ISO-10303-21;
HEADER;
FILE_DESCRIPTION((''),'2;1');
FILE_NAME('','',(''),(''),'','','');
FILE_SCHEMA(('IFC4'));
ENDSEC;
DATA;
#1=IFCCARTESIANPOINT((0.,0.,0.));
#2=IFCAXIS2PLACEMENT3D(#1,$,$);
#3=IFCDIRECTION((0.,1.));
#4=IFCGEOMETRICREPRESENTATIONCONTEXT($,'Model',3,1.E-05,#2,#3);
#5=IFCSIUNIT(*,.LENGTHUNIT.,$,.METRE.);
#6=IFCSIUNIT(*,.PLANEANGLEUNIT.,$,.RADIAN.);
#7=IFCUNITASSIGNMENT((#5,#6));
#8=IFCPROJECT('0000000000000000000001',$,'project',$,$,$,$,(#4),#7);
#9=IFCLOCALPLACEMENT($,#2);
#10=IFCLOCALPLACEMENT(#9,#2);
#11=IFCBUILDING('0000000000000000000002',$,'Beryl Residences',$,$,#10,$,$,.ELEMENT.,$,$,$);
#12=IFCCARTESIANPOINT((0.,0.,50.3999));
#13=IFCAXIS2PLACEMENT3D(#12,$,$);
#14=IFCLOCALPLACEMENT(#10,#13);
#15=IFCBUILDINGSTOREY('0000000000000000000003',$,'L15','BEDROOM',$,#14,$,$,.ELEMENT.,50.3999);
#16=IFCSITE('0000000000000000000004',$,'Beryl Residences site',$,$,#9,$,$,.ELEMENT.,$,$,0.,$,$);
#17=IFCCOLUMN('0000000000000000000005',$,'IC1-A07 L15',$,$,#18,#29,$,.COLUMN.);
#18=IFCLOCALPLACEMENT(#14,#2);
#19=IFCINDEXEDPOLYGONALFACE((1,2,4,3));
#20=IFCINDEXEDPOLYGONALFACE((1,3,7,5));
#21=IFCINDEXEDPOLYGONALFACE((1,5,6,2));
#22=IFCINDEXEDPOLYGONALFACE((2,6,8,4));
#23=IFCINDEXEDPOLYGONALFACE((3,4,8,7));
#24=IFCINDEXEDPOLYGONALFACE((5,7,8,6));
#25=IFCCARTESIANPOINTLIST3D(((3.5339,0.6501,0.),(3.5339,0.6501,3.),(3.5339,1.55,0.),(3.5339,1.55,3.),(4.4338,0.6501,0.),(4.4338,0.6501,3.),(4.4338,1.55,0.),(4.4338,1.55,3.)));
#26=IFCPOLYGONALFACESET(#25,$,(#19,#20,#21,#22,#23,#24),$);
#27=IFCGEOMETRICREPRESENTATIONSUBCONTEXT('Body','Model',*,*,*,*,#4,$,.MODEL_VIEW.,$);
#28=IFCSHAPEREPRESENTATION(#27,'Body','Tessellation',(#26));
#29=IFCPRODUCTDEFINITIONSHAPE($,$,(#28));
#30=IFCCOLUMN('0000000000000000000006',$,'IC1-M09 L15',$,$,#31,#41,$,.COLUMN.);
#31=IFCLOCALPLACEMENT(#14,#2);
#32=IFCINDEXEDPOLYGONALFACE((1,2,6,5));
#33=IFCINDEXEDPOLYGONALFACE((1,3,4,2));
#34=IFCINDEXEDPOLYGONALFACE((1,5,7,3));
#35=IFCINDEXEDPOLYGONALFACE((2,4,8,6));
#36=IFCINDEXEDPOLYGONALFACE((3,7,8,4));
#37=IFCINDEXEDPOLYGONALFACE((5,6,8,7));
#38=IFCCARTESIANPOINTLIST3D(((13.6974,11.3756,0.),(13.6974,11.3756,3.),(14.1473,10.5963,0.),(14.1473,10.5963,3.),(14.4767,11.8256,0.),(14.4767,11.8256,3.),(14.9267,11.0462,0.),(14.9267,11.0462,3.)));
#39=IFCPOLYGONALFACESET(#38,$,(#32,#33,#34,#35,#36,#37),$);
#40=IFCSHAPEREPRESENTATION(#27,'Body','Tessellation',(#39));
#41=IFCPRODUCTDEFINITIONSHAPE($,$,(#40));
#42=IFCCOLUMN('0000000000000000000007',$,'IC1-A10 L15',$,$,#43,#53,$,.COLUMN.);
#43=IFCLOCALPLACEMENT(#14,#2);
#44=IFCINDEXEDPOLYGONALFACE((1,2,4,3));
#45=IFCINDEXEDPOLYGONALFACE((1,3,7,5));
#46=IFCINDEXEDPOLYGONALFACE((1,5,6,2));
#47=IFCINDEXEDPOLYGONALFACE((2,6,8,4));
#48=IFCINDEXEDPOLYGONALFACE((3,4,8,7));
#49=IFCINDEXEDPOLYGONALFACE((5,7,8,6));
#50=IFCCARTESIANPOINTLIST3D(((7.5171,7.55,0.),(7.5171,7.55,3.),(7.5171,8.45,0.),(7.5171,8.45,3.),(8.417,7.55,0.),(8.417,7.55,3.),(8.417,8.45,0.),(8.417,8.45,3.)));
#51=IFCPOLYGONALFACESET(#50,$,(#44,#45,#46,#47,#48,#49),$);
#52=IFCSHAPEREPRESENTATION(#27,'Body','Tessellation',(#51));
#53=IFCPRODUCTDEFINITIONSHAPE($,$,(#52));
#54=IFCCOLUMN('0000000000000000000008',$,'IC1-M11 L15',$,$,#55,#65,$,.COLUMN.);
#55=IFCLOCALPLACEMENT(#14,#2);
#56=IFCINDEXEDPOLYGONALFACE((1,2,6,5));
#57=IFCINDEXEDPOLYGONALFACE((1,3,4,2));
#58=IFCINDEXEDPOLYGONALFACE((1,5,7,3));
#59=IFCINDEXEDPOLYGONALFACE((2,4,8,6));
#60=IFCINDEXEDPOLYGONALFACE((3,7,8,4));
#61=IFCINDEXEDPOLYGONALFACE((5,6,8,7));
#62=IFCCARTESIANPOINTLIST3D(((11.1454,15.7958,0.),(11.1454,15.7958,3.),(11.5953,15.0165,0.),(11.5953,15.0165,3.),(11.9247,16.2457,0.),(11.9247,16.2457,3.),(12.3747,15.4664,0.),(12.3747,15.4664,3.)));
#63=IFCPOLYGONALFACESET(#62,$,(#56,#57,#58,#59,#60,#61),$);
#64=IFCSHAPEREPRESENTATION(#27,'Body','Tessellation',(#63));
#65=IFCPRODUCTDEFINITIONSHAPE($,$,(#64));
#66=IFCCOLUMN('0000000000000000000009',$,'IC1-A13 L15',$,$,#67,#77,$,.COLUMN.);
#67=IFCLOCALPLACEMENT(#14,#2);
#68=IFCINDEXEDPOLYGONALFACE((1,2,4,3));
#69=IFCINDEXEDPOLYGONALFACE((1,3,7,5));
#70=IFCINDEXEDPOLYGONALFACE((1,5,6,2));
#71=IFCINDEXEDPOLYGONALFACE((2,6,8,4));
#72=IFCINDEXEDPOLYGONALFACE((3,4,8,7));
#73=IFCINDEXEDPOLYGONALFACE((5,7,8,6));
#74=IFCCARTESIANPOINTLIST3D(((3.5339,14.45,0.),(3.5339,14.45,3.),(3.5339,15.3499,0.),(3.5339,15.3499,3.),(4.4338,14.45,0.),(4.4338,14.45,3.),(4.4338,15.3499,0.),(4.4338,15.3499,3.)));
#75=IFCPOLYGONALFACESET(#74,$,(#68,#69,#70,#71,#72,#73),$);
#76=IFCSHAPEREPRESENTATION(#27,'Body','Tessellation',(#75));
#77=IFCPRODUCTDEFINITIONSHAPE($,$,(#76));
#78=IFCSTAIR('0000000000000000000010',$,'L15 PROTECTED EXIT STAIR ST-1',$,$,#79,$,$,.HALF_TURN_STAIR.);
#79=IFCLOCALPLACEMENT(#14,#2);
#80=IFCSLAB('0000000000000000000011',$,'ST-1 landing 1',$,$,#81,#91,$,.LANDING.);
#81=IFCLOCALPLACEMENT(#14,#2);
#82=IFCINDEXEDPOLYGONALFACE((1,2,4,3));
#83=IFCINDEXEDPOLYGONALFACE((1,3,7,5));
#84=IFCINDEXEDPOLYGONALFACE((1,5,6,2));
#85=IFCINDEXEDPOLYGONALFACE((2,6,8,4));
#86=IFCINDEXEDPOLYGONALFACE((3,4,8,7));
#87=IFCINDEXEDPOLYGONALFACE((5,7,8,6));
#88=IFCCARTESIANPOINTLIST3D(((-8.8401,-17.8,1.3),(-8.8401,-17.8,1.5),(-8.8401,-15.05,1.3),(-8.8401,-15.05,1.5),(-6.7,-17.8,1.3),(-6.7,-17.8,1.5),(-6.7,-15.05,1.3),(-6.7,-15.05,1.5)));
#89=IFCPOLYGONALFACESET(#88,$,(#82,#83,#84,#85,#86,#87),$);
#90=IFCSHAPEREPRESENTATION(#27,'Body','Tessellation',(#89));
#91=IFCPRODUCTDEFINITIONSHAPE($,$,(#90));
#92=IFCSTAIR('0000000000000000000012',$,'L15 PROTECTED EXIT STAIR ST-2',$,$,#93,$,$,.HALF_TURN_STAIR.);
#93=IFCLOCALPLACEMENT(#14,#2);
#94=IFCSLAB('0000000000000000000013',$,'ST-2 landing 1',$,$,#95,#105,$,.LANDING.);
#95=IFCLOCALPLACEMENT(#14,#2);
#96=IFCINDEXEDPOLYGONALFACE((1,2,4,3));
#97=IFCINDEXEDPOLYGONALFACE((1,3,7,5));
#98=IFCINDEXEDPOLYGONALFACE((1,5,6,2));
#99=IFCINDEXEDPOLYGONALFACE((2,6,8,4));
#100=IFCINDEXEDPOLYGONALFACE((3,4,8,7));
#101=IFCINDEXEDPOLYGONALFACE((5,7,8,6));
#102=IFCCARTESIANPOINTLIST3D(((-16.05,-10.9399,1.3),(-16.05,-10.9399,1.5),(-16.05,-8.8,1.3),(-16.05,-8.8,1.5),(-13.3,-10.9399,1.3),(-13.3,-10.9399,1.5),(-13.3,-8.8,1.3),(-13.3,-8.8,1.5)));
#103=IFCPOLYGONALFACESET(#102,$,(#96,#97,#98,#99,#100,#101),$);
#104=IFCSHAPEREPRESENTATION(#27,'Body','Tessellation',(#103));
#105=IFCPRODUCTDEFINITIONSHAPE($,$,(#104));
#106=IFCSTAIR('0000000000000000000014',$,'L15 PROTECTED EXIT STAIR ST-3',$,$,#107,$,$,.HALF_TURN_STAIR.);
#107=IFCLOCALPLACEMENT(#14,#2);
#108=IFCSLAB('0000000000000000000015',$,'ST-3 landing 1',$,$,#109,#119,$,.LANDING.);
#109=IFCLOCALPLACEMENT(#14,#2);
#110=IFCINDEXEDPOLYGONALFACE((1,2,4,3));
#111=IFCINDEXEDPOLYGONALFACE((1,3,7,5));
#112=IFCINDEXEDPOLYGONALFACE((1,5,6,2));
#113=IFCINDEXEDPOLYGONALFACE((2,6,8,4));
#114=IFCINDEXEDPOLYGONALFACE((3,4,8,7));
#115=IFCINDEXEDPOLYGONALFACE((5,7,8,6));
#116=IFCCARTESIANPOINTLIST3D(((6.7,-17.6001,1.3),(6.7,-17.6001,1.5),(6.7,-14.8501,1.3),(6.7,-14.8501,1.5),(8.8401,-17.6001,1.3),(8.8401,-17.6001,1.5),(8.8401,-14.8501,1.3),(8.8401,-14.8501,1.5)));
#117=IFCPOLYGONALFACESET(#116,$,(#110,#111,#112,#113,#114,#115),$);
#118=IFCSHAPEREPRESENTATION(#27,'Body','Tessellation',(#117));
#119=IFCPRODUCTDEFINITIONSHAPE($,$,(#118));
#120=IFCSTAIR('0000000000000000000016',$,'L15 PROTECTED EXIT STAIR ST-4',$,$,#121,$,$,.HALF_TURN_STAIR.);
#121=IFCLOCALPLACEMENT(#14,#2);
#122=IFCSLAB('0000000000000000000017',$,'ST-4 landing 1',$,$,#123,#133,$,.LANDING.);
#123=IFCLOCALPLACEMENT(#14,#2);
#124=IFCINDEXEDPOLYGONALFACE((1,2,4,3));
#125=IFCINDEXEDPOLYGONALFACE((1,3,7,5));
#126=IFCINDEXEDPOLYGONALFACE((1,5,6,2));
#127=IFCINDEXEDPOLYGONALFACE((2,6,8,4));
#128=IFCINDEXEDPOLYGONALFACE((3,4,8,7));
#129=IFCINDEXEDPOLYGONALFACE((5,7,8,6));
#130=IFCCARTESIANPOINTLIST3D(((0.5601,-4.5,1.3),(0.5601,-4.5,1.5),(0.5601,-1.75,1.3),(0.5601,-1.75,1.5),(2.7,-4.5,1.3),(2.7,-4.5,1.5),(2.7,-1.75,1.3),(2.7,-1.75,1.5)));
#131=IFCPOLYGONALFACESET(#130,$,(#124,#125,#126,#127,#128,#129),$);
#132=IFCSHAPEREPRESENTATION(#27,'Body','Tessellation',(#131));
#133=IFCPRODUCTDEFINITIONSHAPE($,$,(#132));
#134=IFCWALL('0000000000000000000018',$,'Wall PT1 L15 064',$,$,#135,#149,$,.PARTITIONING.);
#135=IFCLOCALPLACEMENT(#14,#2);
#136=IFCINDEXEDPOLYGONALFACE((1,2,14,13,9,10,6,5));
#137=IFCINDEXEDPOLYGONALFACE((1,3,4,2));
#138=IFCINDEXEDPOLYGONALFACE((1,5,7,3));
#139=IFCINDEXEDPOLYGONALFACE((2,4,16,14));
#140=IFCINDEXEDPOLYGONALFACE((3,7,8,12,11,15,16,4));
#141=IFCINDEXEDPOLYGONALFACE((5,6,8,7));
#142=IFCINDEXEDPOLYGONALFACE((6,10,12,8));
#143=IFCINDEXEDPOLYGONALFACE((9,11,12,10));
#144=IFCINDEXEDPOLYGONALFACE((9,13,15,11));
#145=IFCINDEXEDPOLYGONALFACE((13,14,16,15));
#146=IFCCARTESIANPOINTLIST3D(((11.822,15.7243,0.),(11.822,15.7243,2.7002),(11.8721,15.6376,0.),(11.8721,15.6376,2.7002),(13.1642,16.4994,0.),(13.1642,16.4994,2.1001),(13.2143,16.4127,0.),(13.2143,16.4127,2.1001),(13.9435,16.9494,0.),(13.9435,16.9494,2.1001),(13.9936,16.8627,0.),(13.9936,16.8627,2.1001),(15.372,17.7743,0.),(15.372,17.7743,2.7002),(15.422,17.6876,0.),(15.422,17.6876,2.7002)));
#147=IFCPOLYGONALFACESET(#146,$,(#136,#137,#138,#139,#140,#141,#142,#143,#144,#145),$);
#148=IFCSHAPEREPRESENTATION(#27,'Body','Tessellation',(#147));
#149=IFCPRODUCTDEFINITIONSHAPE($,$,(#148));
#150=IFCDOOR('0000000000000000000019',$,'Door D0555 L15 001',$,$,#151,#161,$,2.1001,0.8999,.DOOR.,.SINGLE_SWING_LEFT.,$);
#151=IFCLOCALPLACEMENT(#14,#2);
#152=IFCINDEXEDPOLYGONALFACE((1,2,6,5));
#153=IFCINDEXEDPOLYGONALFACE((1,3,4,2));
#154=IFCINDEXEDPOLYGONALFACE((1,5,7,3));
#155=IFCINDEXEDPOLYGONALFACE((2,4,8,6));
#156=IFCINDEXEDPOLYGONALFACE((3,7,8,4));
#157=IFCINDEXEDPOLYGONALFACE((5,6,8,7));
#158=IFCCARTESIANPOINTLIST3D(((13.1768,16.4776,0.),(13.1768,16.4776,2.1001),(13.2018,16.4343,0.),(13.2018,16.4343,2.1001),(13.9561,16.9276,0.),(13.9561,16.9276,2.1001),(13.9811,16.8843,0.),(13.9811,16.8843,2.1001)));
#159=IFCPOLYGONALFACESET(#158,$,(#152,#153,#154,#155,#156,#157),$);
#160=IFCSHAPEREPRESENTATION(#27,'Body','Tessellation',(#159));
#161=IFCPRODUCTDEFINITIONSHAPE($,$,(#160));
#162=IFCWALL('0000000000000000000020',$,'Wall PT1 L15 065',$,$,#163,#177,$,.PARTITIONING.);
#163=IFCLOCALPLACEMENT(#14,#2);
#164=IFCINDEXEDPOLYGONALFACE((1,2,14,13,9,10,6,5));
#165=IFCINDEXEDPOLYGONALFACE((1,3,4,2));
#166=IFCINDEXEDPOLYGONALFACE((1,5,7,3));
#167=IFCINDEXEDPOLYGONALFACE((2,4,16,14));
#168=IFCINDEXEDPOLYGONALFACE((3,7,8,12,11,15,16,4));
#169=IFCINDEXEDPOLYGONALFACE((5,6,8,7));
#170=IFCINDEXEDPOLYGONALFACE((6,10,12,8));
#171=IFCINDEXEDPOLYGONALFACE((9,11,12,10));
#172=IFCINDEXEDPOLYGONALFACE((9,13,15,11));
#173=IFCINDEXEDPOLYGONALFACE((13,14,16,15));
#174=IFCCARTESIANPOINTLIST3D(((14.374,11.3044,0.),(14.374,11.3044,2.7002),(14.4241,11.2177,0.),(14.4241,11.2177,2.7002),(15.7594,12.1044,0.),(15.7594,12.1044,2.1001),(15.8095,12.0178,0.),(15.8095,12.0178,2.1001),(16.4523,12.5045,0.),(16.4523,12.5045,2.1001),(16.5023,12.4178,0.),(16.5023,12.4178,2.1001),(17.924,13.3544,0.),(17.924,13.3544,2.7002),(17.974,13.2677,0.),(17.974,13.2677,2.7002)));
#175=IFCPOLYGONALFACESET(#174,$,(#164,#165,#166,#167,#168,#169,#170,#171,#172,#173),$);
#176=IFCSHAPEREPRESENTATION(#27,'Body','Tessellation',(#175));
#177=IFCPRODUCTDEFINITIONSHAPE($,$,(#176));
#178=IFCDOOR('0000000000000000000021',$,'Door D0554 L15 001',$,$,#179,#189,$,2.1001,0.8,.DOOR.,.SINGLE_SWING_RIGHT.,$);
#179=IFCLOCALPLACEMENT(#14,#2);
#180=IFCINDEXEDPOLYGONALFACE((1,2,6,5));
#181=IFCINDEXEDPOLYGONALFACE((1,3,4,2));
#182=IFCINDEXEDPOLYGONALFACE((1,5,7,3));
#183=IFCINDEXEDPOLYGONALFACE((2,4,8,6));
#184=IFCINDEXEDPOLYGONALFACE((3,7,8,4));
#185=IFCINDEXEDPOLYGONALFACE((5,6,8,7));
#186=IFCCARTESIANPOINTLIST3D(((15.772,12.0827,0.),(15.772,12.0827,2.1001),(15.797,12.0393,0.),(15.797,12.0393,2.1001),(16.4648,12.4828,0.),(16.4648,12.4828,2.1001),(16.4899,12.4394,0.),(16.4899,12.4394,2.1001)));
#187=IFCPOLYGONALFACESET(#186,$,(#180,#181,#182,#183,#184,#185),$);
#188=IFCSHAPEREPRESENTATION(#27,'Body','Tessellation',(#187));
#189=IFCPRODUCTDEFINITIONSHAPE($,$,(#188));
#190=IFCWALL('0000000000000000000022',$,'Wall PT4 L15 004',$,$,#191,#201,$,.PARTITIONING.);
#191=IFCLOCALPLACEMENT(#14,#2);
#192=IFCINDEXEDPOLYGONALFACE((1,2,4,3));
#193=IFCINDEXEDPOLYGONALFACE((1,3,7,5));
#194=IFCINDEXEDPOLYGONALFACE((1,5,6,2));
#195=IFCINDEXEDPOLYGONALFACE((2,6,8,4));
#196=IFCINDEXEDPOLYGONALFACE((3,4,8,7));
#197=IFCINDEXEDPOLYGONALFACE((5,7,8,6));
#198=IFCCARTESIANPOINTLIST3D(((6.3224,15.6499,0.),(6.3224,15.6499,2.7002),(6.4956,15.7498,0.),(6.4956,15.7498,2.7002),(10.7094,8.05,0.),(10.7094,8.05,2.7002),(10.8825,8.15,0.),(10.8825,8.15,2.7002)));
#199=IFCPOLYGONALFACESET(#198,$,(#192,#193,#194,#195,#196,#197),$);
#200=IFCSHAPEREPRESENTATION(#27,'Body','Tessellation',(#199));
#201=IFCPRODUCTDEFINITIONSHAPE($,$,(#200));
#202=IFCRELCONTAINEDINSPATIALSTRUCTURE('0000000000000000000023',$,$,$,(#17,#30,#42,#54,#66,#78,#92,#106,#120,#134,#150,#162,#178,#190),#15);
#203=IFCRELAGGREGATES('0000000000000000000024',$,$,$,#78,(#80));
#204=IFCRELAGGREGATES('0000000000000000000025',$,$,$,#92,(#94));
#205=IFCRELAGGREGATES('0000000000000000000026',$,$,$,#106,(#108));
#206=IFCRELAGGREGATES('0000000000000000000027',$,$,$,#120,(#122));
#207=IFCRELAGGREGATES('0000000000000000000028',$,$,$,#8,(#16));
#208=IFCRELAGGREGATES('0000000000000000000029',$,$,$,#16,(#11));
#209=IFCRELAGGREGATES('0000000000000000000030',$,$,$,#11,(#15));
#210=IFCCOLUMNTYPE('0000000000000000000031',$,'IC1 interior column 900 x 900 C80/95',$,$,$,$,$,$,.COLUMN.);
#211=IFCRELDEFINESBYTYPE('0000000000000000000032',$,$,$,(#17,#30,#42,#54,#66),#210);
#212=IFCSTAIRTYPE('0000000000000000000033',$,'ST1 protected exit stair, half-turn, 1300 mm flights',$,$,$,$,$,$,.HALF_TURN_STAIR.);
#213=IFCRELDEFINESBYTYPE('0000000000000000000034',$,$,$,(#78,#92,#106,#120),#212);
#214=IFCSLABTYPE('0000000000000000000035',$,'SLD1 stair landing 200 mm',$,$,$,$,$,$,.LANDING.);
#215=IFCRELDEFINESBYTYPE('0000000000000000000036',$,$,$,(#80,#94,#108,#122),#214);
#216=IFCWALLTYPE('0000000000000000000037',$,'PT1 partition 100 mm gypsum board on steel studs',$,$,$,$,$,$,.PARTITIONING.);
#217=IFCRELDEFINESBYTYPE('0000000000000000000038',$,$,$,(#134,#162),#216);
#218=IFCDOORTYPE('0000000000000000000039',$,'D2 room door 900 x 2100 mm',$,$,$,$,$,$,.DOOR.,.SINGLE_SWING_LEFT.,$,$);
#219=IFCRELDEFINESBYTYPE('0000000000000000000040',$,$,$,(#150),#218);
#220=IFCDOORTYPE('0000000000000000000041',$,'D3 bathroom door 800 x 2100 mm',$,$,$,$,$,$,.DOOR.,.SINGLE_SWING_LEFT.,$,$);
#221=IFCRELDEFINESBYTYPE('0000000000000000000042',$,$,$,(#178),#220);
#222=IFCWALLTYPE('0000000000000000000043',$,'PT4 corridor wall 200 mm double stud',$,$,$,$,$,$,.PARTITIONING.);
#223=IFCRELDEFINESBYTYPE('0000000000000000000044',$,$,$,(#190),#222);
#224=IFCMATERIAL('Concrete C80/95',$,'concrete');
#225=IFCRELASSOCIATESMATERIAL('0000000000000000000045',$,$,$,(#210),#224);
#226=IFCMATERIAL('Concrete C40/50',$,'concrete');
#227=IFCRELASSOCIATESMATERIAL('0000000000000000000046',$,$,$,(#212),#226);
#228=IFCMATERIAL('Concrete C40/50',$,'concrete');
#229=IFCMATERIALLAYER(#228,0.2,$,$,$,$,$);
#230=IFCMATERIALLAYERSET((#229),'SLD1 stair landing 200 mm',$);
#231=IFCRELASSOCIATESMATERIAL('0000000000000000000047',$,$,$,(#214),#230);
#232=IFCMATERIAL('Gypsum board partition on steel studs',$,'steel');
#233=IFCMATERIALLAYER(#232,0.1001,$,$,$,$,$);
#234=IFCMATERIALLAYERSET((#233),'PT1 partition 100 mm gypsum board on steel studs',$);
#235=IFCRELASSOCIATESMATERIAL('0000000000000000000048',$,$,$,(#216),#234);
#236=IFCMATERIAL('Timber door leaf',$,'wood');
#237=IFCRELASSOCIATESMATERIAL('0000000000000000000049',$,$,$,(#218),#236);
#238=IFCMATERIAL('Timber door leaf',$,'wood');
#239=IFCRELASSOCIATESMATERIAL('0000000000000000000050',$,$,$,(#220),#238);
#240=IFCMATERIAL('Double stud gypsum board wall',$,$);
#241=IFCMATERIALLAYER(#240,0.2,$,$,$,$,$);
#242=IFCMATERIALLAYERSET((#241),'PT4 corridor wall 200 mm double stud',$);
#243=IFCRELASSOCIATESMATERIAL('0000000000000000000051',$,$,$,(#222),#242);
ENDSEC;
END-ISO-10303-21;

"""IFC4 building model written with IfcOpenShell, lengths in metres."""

from ifc_helpers import new_model, si_unit, direction, frame, frame_2d, origin, origin_2d, place, context, subcontext, project, spatial, polyline, rectangle, outline, extrude, material, layer, layer_set, material_profile, profile_set, type_object, element, fill, aggregate, save


model = new_model("IFC4")

# Units and contexts
model_context = context("Model", 3, precision=1e-05, world=origin(), true_north=direction((0.0, 1.0)))
body_context = subcontext(model_context, "Body", "Model", "MODEL_VIEW")
ifc_project = project(units=[si_unit("LENGTHUNIT", "METRE"), si_unit("PLANEANGLEUNIT", "RADIAN")], contexts=[model_context])

# Site, building, storey
site_placement = place(None, origin())
site = spatial("IfcSite", under=ifc_project, at=site_placement, Name="Beryl Residences site", CompositionType="ELEMENT", RefElevation=0.0)
building_placement = place(site_placement, origin())
building = spatial("IfcBuilding", under=site, at=building_placement, Name="Beryl Residences", CompositionType="ELEMENT")
storey_placement = place(building_placement, frame((0.0, 0.0, 50.3999)))
storey = spatial("IfcBuildingStorey", under=building, at=storey_placement, Name="L15", Description="BEDROOM", CompositionType="ELEMENT", Elevation=50.3999)

# Columns
ifc_material_1 = material(Name="Concrete C80/95", Category="concrete")
ifc_material_profile = material_profile(ifc_material_1, rectangle(XDim=0.8999, YDim=0.8999, at=origin_2d()))
ifc_profile_set = profile_set([ifc_material_profile], Name="Concrete C80/95")
column_type = type_object("IfcColumnType", Name="IC1 interior column 900 x 900 C80/95", PredefinedType="COLUMN", material=ifc_profile_set)
for number, where, z_axis, x_axis, name in (
    (1, (3.9839, 1.1001, 0.0), (0.0, 0.0, 1.0), (1.0, 0.0, 0.0), "IC1-A07 L15"),
    (2, (14.312, 11.2109, 0.0), (0.0, 0.0, 1.0), (-0.499985, 0.866034, 0.0), "IC1-M09 L15"),
    (3, (7.967, 8.0, 0.0), (0.0, 0.0, 1.0), (1.0, 0.0, 0.0), "IC1-A10 L15"),
    (4, (11.76, 15.6311, 0.0), (0.0, 0.0, 1.0), (-0.499985, 0.866034, 0.0), "IC1-M11 L15"),
    (5, (3.9839, 14.8999, 0.0), (0.0, 0.0, 1.0), (1.0, 0.0, 0.0), "IC1-A13 L15"),
):
    element("IfcColumn", number, at=place(storey_placement, frame(where, z_axis=z_axis, x_axis=x_axis)), inside=storey, type_object=column_type, Name=name, PredefinedType="COLUMN", context=body_context, shape_type="SweptSolid", body=[
        extrude(rectangle(XDim=0.8999, YDim=0.8999, at=origin_2d()), origin(), (0.0, 0.0, 1.0), 3.0),
    ])

# Stairs, slabs
ifc_material_2 = material(Name="Concrete C40/50", Category="concrete")
stair_type = type_object("IfcStairType", Name="ST1 protected exit stair, half-turn, 1300 mm flights", PredefinedType="HALF_TURN_STAIR", material=ifc_material_2)
stair_1_placement = place(storey_placement, origin())
stair_1 = element("IfcStair", 6, at=stair_1_placement, inside=storey, type_object=stair_type, Name="L15 PROTECTED EXIT STAIR ST-1", PredefinedType="HALF_TURN_STAIR")
ifc_material_3 = material(Name="Concrete C40/50", Category="concrete")
ifc_layer_1 = layer(ifc_material_3, 0.2)
ifc_layer_set_1 = layer_set([ifc_layer_1], Name="SLD1 stair landing 200 mm")
slab_type_1 = type_object("IfcSlabType", Name="SLD1 stair landing 200 mm", PredefinedType="LANDING", material=ifc_layer_set_1)
slab_1_placement = place(storey_placement, frame((0.0, 0.0, 1.3)))
slab_1 = element("IfcSlab", 7, at=slab_1_placement, type_object=slab_type_1, Name="ST-1 landing 1", PredefinedType="LANDING", context=body_context, shape_type="SweptSolid", body=[
    extrude(outline(polyline([(-8.8401, -17.8), (-6.7, -17.8), (-6.7, -15.05), (-8.8401, -15.05), (-8.8401, -17.8)])), origin(), (0.0, 0.0, 1.0), 0.2),
])
aggregate(stair_1, [slab_1])
stair_2_placement = place(storey_placement, origin())
stair_2 = element("IfcStair", 8, at=stair_2_placement, inside=storey, type_object=stair_type, Name="L15 PROTECTED EXIT STAIR ST-2", PredefinedType="HALF_TURN_STAIR")
slab_2_placement = place(storey_placement, frame((0.0, 0.0, 1.3)))
slab_2 = element("IfcSlab", 9, at=slab_2_placement, type_object=slab_type_1, Name="ST-2 landing 1", PredefinedType="LANDING", context=body_context, shape_type="SweptSolid", body=[
    extrude(outline(polyline([(-13.3, -10.9399), (-13.3, -8.8), (-16.05, -8.8), (-16.05, -10.9399), (-13.3, -10.9399)])), origin(), (0.0, 0.0, 1.0), 0.2),
])
aggregate(stair_2, [slab_2])
stair_3_placement = place(storey_placement, origin())
stair_3 = element("IfcStair", 10, at=stair_3_placement, inside=storey, type_object=stair_type, Name="L15 PROTECTED EXIT STAIR ST-3", PredefinedType="HALF_TURN_STAIR")
slab_3_placement = place(storey_placement, frame((0.0, 0.0, 1.3)))
slab_3 = element("IfcSlab", 11, at=slab_3_placement, type_object=slab_type_1, Name="ST-3 landing 1", PredefinedType="LANDING", context=body_context, shape_type="SweptSolid", body=[
    extrude(outline(polyline([(8.8401, -14.8501), (6.7, -14.8501), (6.7, -17.6001), (8.8401, -17.6001), (8.8401, -14.8501)])), origin(), (0.0, 0.0, 1.0), 0.2),
])
aggregate(stair_3, [slab_3])
stair_4_placement = place(storey_placement, origin())
stair_4 = element("IfcStair", 12, at=stair_4_placement, inside=storey, type_object=stair_type, Name="L15 PROTECTED EXIT STAIR ST-4", PredefinedType="HALF_TURN_STAIR")
slab_4_placement = place(storey_placement, frame((0.0, 0.0, 1.3)))
slab_4 = element("IfcSlab", 13, at=slab_4_placement, type_object=slab_type_1, Name="ST-4 landing 1", PredefinedType="LANDING", context=body_context, shape_type="SweptSolid", body=[
    extrude(outline(polyline([(0.5601, -4.5), (2.7, -4.5), (2.7, -1.75), (0.5601, -1.75), (0.5601, -4.5)])), origin(), (0.0, 0.0, 1.0), 0.2),
])
aggregate(stair_4, [slab_4])

# Walls, openings, doors
ifc_material_4 = material(Name="Gypsum board partition on steel studs", Category="steel")
ifc_layer_2 = layer(ifc_material_4, 0.1001)
ifc_layer_set_2 = layer_set([ifc_layer_2], Name="PT1 partition 100 mm gypsum board on steel studs")
wall_type_1 = type_object("IfcWallType", Name="PT1 partition 100 mm gypsum board on steel studs", PredefinedType="PARTITIONING", material=ifc_layer_set_2)
wall_1_placement = place(storey_placement, frame((11.8469, 15.6809, 0.0), z_axis=(0.0, 0.0, 1.0), x_axis=(0.86598, 0.500078, 0.0)))
wall_1 = element("IfcWall", 14, at=wall_1_placement, inside=storey, type_object=wall_type_1, Name="Wall PT1 L15 064", PredefinedType="PARTITIONING", context=body_context, shape_type="SweptSolid", body=[
    extrude(rectangle(XDim=4.0994, YDim=0.1001, at=frame_2d((2.0498, 0.0))), origin(), (0.0, 0.0, 1.0), 2.7002),
])
opening_1_placement = place(wall_1_placement, frame((1.55, 0.0, 0.0)))
opening_1 = element("IfcOpeningElement", 15, at=opening_1_placement, cuts=wall_1, PredefinedType="OPENING", context=body_context, shape_type="SweptSolid", body=[
    extrude(rectangle(XDim=0.8999, YDim=2.1001, at=frame_2d((0.45, 1.05))), frame((0.0, 0.0601, 0.0), z_axis=(0.0, -1.0, 0.0), x_axis=(1.0, 0.0, 0.0)), (0.0, 0.0, 1.0), 0.1201),
])
ifc_material_5 = material(Name="Timber door leaf", Category="wood")
door_type_1 = type_object("IfcDoorType", Name="D2 room door 900 x 2100 mm", OperationType="SINGLE_SWING_LEFT", PredefinedType="DOOR", material=ifc_material_5)
door_1_placement = place(opening_1_placement, origin())
door_1 = element("IfcDoor", 16, at=door_1_placement, inside=storey, type_object=door_type_1, Name="Door D0555 L15 001", OperationType="SINGLE_SWING_LEFT", OverallHeight=2.1001, OverallWidth=0.8999, PredefinedType="DOOR", context=body_context, shape_type="SweptSolid", body=[
    extrude(rectangle(XDim=0.8999, YDim=2.1001, at=frame_2d((0.45, 1.05))), frame((0.0, 0.0249, 0.0), z_axis=(0.0, -1.0, 0.0), x_axis=(1.0, 0.0, 0.0)), (0.0, 0.0, 1.0), 0.05),
])
fill(opening_1, door_1)
wall_2_placement = place(storey_placement, frame((14.3989, 11.261, 0.0), z_axis=(0.0, 0.0, 1.0), x_axis=(0.86598, 0.500078, 0.0)))
wall_2 = element("IfcWall", 17, at=wall_2_placement, inside=storey, type_object=wall_type_1, Name="Wall PT1 L15 065", PredefinedType="PARTITIONING", context=body_context, shape_type="SweptSolid", body=[
    extrude(rectangle(XDim=4.0994, YDim=0.1001, at=frame_2d((2.0498, 0.0))), origin(), (0.0, 0.0, 1.0), 2.7002),
])
opening_2_placement = place(wall_2_placement, frame((1.6001, 0.0, 0.0)))
opening_2 = element("IfcOpeningElement", 18, at=opening_2_placement, cuts=wall_2, PredefinedType="OPENING", context=body_context, shape_type="SweptSolid", body=[
    extrude(rectangle(XDim=0.8, YDim=2.1001, at=frame_2d((0.3999, 1.05))), frame((0.0, 0.0601, 0.0), z_axis=(0.0, -1.0, 0.0), x_axis=(1.0, 0.0, 0.0)), (0.0, 0.0, 1.0), 0.1201),
])
ifc_material_6 = material(Name="Timber door leaf", Category="wood")
door_type_2 = type_object("IfcDoorType", Name="D3 bathroom door 800 x 2100 mm", OperationType="SINGLE_SWING_LEFT", PredefinedType="DOOR", material=ifc_material_6)
door_2_placement = place(opening_2_placement, origin())
door_2 = element("IfcDoor", 19, at=door_2_placement, inside=storey, type_object=door_type_2, Name="Door D0554 L15 001", OperationType="SINGLE_SWING_RIGHT", OverallHeight=2.1001, OverallWidth=0.8, PredefinedType="DOOR", context=body_context, shape_type="SweptSolid", body=[
    extrude(rectangle(XDim=0.8, YDim=2.1001, at=frame_2d((0.3999, 1.05))), frame((0.0, 0.0249, 0.0), z_axis=(0.0, -1.0, 0.0), x_axis=(1.0, 0.0, 0.0)), (0.0, 0.0, 1.0), 0.05),
])
fill(opening_2, door_2)

# Wall
ifc_material_7 = material(Name="Double stud gypsum board wall")
ifc_layer_3 = layer(ifc_material_7, 0.2)
ifc_layer_set_3 = layer_set([ifc_layer_3], Name="PT4 corridor wall 200 mm double stud")
wall_type_2 = type_object("IfcWallType", Name="PT4 corridor wall 200 mm double stud", PredefinedType="PARTITIONING", material=ifc_layer_set_3)
wall_3_placement = place(storey_placement, frame((6.4089, 15.7, 0.0), z_axis=(0.0, 0.0, 1.0), x_axis=(0.49993, -0.866066, 0.0)))
element("IfcWall", 20, at=wall_3_placement, inside=storey, type_object=wall_type_2, Name="Wall PT4 L15 004", PredefinedType="PARTITIONING", context=body_context, shape_type="SweptSolid", body=[
    extrude(rectangle(XDim=8.7751, YDim=0.2, at=frame_2d((4.3877, 0.0))), origin(), (0.0, 0.0, 1.0), 2.7002),
])

save(model, "model.ifc")
